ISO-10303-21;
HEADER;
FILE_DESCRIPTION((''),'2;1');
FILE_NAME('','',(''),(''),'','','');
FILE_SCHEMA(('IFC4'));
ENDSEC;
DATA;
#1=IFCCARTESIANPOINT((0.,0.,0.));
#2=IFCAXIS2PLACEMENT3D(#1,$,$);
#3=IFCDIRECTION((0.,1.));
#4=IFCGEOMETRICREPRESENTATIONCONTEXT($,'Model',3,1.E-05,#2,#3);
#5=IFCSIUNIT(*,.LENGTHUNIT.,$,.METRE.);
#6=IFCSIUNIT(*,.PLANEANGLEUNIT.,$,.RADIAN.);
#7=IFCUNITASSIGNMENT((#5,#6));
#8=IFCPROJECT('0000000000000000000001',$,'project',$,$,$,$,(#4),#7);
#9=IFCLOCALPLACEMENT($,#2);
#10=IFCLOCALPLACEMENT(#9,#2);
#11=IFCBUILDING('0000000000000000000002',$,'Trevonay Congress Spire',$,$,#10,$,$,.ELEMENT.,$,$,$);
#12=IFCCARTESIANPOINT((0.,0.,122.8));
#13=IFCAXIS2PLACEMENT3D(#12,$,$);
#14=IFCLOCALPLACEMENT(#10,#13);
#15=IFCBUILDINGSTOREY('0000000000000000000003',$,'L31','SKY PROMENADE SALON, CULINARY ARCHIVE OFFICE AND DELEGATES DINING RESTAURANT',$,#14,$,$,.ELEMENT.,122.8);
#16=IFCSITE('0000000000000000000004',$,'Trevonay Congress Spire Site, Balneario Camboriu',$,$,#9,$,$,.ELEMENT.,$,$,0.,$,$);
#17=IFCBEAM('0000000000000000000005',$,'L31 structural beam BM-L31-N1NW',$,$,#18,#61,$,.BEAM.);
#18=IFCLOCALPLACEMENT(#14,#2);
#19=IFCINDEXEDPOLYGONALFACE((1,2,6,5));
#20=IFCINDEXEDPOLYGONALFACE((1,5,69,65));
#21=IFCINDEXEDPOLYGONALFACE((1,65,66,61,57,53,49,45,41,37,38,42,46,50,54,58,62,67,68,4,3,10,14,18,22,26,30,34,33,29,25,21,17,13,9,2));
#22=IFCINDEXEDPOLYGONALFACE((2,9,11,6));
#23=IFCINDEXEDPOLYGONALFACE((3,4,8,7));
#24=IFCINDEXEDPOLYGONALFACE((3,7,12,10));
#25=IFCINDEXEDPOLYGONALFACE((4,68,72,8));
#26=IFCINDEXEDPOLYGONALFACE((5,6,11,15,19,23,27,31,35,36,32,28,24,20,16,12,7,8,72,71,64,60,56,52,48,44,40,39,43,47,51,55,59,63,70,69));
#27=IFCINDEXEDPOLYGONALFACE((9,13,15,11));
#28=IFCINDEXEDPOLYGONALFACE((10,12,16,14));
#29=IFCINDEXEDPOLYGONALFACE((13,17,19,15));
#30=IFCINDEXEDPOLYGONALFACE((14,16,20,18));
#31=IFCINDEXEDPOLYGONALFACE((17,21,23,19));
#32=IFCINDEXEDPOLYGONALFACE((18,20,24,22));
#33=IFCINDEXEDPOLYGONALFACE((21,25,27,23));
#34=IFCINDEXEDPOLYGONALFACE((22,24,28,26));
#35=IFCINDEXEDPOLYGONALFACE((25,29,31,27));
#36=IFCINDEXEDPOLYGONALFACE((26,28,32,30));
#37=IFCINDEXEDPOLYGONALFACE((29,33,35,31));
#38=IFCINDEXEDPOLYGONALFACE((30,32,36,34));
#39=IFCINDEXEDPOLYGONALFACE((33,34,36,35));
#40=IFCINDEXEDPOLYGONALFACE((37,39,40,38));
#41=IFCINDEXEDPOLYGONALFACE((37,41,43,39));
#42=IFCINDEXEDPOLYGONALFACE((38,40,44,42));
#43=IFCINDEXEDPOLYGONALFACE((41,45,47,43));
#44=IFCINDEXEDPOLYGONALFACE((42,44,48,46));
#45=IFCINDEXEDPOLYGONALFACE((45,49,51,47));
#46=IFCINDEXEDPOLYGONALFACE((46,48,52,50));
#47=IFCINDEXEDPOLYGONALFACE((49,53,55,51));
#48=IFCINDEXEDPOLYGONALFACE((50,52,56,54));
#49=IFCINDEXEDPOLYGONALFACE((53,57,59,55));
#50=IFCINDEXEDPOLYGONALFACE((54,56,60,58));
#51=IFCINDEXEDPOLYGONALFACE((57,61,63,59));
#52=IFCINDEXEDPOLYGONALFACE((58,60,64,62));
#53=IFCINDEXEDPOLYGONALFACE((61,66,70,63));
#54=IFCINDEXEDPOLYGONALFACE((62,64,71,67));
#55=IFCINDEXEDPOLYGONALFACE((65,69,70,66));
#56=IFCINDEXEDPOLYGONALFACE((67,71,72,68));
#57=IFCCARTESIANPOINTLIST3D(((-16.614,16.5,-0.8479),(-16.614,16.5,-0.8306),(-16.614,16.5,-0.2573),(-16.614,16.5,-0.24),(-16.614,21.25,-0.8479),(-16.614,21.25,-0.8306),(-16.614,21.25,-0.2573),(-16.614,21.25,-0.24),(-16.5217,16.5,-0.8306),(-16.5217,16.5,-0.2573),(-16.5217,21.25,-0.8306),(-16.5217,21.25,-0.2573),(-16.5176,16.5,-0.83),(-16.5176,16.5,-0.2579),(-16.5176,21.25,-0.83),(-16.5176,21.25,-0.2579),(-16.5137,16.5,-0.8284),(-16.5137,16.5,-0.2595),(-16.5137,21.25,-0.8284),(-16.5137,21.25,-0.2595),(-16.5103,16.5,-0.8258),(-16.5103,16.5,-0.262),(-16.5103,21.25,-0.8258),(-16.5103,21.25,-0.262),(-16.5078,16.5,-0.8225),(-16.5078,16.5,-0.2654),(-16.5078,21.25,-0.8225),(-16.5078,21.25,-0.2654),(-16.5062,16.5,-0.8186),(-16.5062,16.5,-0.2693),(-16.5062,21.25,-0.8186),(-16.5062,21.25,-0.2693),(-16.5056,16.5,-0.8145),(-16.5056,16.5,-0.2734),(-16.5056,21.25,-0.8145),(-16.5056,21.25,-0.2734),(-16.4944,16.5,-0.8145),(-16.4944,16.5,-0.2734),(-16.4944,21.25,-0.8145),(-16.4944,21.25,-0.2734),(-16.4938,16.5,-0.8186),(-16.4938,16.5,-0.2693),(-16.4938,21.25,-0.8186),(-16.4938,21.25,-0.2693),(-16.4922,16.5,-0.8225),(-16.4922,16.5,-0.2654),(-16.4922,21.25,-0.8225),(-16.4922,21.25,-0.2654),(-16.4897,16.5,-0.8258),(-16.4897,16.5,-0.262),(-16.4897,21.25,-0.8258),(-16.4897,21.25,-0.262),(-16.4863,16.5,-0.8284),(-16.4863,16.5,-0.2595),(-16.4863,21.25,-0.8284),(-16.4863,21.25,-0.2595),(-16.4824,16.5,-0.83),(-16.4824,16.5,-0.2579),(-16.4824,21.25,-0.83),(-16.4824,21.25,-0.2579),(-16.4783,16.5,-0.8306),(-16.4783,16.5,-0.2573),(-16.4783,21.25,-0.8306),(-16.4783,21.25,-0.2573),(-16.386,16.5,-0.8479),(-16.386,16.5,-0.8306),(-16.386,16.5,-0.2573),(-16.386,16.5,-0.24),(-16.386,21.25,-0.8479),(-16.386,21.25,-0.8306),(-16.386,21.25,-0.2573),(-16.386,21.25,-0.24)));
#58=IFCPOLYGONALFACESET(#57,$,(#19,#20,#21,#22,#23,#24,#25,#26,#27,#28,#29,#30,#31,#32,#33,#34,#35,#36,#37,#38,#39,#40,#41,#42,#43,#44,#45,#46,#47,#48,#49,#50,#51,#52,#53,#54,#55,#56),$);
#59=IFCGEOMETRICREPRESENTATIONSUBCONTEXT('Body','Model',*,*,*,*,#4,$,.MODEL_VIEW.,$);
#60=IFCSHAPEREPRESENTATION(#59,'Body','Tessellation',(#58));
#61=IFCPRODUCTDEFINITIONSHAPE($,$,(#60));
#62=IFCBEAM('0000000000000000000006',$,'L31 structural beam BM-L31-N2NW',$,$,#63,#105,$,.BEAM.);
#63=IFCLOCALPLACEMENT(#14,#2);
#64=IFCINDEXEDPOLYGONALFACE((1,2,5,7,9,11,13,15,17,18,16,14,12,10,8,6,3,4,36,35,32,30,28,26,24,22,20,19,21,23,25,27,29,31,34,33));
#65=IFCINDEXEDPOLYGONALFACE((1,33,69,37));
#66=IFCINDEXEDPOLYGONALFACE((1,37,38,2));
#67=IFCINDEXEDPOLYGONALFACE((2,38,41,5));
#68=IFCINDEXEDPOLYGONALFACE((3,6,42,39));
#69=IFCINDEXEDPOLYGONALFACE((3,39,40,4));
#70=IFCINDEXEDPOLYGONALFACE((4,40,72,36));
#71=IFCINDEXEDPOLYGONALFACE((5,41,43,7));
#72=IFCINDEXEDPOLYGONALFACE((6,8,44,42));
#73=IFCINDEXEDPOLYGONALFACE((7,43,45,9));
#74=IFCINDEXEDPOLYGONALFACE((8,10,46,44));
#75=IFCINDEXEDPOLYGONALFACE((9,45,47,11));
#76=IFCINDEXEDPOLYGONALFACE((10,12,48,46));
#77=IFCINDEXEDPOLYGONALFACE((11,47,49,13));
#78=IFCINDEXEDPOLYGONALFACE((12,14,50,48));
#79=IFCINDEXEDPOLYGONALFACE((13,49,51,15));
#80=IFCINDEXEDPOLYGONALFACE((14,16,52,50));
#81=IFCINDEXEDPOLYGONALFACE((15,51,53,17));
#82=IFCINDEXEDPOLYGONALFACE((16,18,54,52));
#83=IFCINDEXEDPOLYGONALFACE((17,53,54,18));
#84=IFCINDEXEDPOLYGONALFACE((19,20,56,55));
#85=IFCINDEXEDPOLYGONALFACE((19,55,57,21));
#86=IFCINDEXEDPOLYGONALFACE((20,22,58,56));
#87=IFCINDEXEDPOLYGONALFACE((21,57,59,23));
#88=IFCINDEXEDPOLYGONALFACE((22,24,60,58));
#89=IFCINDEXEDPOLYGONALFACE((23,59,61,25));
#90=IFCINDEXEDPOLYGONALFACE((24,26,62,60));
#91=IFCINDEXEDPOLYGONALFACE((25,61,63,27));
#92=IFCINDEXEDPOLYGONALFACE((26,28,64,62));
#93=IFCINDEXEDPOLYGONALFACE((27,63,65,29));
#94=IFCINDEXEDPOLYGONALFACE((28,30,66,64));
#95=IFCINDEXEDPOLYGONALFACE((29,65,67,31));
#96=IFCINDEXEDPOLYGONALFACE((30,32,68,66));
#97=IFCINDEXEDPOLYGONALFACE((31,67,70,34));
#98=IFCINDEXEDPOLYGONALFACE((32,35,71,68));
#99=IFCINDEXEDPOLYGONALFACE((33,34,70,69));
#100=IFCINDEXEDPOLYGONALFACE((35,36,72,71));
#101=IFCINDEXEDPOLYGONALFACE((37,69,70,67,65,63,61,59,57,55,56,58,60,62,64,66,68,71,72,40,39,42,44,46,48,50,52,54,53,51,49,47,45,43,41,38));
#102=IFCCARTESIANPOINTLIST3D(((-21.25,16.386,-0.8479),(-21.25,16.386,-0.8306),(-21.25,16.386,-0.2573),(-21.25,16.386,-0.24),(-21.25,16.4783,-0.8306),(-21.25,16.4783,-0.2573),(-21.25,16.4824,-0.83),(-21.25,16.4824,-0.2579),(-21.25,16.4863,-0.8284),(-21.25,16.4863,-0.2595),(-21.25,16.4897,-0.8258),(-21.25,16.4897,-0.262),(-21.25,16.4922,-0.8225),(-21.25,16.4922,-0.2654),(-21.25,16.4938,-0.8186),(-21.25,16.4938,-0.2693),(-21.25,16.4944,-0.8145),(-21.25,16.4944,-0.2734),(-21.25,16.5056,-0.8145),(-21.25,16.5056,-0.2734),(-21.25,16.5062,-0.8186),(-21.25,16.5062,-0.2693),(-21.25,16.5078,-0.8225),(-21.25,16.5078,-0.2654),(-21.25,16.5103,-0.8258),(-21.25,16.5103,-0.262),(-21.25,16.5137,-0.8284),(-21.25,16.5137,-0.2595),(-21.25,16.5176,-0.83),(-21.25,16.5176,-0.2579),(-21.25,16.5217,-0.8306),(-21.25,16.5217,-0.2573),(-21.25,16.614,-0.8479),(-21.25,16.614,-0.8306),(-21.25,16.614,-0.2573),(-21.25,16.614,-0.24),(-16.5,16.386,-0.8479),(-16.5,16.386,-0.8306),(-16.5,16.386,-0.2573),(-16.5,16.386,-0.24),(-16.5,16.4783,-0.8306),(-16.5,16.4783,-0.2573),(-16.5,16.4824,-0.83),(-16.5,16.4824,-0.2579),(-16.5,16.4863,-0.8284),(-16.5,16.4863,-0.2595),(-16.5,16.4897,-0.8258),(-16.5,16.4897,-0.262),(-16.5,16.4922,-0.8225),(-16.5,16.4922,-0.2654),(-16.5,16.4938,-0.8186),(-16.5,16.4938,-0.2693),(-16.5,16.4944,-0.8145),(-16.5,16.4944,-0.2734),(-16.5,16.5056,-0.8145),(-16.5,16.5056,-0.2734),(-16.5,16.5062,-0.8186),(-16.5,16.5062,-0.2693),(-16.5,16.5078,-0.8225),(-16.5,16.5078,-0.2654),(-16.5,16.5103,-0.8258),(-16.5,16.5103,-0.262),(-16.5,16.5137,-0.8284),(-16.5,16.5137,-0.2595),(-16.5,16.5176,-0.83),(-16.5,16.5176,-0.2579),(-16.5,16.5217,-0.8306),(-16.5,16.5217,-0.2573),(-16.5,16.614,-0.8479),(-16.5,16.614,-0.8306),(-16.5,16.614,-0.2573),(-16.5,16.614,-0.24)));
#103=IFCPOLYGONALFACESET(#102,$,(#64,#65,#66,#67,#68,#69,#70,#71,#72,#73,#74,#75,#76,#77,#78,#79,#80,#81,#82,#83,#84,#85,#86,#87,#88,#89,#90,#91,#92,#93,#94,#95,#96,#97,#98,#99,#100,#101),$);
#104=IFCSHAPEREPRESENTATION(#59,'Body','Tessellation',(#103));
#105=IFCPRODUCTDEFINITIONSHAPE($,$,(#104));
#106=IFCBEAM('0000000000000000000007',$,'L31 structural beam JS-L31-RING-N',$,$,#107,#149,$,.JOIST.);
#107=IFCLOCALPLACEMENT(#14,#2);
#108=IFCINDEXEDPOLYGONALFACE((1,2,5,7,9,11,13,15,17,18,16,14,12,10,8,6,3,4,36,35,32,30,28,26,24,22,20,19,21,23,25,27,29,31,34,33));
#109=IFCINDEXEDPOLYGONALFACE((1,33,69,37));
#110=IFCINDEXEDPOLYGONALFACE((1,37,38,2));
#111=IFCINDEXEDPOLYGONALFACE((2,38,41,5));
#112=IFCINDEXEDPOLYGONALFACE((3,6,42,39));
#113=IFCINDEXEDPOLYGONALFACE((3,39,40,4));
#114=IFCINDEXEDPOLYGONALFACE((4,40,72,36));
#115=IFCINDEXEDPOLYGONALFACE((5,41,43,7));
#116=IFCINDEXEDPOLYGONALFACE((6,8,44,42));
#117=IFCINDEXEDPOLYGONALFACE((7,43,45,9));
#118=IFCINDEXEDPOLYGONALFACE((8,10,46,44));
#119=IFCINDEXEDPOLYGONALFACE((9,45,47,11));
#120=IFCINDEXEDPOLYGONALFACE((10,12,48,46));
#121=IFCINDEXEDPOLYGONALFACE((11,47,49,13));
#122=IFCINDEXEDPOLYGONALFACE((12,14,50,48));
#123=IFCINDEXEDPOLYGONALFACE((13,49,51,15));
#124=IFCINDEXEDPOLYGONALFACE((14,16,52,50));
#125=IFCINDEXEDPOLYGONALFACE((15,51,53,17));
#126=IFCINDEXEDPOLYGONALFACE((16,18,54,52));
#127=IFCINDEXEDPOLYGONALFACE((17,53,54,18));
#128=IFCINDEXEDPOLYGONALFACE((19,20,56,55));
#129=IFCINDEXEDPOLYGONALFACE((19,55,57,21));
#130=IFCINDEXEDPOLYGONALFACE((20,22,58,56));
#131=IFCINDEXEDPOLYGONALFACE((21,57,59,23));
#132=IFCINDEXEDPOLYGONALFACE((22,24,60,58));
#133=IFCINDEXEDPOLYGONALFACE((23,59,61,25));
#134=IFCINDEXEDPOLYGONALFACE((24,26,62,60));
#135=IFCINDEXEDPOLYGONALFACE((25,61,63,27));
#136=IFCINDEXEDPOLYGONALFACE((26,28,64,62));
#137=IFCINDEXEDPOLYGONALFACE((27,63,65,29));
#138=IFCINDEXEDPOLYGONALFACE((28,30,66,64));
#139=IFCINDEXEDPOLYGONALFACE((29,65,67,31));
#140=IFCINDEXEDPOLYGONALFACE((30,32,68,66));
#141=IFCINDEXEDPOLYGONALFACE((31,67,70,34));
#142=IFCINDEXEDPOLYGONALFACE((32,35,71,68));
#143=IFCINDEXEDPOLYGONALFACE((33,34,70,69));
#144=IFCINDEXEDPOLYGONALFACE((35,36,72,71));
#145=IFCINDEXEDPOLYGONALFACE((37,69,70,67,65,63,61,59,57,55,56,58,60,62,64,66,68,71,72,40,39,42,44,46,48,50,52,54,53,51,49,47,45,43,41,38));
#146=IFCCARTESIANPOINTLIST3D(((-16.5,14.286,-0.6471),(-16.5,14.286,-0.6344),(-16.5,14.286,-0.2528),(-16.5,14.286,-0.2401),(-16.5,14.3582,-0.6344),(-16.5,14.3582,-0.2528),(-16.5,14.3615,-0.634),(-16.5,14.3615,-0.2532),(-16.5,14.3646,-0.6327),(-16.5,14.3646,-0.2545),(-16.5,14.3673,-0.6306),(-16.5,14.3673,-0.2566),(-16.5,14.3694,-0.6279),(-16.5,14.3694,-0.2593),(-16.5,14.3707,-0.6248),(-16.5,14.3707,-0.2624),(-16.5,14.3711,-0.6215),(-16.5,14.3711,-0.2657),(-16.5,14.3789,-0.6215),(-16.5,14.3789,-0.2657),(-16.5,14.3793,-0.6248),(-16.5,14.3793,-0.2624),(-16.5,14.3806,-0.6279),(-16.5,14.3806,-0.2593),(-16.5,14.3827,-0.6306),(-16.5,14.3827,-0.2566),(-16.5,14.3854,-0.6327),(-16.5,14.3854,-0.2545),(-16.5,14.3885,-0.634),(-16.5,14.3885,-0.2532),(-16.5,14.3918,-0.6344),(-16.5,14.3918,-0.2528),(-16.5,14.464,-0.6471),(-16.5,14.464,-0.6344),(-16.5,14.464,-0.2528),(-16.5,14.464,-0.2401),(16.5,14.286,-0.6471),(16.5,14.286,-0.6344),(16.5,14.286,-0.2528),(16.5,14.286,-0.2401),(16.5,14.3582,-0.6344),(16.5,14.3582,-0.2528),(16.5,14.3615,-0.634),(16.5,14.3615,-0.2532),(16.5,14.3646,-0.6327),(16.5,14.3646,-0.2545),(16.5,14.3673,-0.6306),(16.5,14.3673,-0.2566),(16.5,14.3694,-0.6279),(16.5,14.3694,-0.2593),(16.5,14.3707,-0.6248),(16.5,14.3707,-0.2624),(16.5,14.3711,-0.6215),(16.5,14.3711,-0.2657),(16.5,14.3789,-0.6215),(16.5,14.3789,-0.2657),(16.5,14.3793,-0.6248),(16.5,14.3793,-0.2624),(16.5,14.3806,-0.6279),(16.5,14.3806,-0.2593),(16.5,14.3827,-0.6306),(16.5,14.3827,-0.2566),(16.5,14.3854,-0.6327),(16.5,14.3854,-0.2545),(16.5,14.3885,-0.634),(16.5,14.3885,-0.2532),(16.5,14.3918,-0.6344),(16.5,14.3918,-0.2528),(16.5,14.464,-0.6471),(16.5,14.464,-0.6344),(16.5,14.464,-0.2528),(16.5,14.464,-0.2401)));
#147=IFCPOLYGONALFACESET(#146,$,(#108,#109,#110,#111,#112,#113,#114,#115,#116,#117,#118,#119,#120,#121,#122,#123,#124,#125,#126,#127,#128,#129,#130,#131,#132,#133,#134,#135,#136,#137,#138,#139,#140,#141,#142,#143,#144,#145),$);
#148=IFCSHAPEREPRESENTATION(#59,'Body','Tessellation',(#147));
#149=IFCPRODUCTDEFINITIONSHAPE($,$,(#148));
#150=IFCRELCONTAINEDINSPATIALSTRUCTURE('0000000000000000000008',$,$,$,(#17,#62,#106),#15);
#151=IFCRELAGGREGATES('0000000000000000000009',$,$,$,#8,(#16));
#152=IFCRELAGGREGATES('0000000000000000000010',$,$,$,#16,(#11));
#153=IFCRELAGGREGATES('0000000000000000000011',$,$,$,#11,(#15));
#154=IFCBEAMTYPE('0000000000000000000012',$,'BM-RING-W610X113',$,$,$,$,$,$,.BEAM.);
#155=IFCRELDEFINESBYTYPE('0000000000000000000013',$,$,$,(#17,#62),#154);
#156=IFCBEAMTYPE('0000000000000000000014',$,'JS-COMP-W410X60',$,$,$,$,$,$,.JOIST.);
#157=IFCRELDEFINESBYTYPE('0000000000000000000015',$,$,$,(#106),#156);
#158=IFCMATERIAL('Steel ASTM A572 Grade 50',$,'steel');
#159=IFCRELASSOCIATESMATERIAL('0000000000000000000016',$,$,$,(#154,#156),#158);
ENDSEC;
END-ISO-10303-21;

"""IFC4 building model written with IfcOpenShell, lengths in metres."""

from ifc_helpers import new_model, si_unit, direction, frame, origin, origin_2d, place, context, subcontext, project, spatial, i_section, extrude, material, material_profile, profile_set, type_object, element, save


model = new_model("IFC4")

# Units and contexts
model_context = context("Model", 3, precision=1e-05, world=origin(), true_north=direction((0.0, 1.0)))
body_context = subcontext(model_context, "Body", "Model", "MODEL_VIEW")
ifc_project = project(units=[si_unit("LENGTHUNIT", "METRE"), si_unit("PLANEANGLEUNIT", "RADIAN")], contexts=[model_context])

# Site, building, storey
site_placement = place(None, origin())
site = spatial("IfcSite", under=ifc_project, at=site_placement, Name="Trevonay Congress Spire Site, Balneario Camboriu", CompositionType="ELEMENT", RefElevation=0.0)
building_placement = place(site_placement, origin())
building = spatial("IfcBuilding", under=site, at=building_placement, Name="Trevonay Congress Spire", CompositionType="ELEMENT")
storey_placement = place(building_placement, frame((0.0, 0.0, 122.8)))
storey = spatial("IfcBuildingStorey", under=building, at=storey_placement, Name="L31", Description="SKY PROMENADE SALON, CULINARY ARCHIVE OFFICE AND DELEGATES DINING RESTAURANT", CompositionType="ELEMENT", Elevation=122.8)

# Shared definitions
ifc_material_1 = material(Name="Steel ASTM A572 Grade 50", Category="steel")

# Beams
ifc_material_profile_1 = material_profile(ifc_material_1, i_section(OverallWidth=0.228, OverallDepth=0.6079, WebThickness=0.0112, FlangeThickness=0.0173, FilletRadius=0.0161, at=origin_2d()), Name="W610x113")
ifc_profile_set_1 = profile_set([ifc_material_profile_1], Name="Steel ASTM A572 Grade 50")
beam_type_1 = type_object("IfcBeamType", Name="BM-RING-W610X113", PredefinedType="BEAM", material=ifc_profile_set_1)
for number, where, z_axis, x_axis, name in (
    (1, (-16.5, 21.25, -0.5439), (0.0, -1.0, 0.0), (1.0, 0.0, 0.0), "L31 structural beam BM-L31-N1NW"),
    (2, (-21.25, 16.5, -0.5439), (1.0, 0.0, 0.0), (0.0, 1.0, 0.0), "L31 structural beam BM-L31-N2NW"),
):
    element("IfcBeam", number, at=place(storey_placement, frame(where, z_axis=z_axis, x_axis=x_axis)), inside=storey, type_object=beam_type_1, Name=name, PredefinedType="BEAM", context=body_context, shape_type="SweptSolid", body=[
        extrude(i_section(OverallWidth=0.228, OverallDepth=0.6079, WebThickness=0.0112, FlangeThickness=0.0173, FilletRadius=0.0161, at=origin_2d()), origin(), (0.0, 0.0, 1.0), 4.75),
    ])
ifc_material_profile_2 = material_profile(ifc_material_1, i_section(OverallWidth=0.178, OverallDepth=0.407, WebThickness=0.0078, FlangeThickness=0.0127, FilletRadius=0.0129, at=origin_2d()), Name="W410x60")
ifc_profile_set_2 = profile_set([ifc_material_profile_2], Name="Steel ASTM A572 Grade 50")
beam_type_2 = type_object("IfcBeamType", Name="JS-COMP-W410X60", PredefinedType="JOIST", material=ifc_profile_set_2)
beam_placement = place(storey_placement, frame((-16.5, 14.375, -0.4436), z_axis=(1.0, 0.0, 0.0), x_axis=(0.0, 1.0, 0.0)))
element("IfcBeam", 3, at=beam_placement, inside=storey, type_object=beam_type_2, Name="L31 structural beam JS-L31-RING-N", PredefinedType="JOIST", context=body_context, shape_type="SweptSolid", body=[
    extrude(i_section(OverallWidth=0.178, OverallDepth=0.407, WebThickness=0.0078, FlangeThickness=0.0127, FilletRadius=0.0129, at=origin_2d()), origin(), (0.0, 0.0, 1.0), 33.0),
])

save(model, "model.ifc")
